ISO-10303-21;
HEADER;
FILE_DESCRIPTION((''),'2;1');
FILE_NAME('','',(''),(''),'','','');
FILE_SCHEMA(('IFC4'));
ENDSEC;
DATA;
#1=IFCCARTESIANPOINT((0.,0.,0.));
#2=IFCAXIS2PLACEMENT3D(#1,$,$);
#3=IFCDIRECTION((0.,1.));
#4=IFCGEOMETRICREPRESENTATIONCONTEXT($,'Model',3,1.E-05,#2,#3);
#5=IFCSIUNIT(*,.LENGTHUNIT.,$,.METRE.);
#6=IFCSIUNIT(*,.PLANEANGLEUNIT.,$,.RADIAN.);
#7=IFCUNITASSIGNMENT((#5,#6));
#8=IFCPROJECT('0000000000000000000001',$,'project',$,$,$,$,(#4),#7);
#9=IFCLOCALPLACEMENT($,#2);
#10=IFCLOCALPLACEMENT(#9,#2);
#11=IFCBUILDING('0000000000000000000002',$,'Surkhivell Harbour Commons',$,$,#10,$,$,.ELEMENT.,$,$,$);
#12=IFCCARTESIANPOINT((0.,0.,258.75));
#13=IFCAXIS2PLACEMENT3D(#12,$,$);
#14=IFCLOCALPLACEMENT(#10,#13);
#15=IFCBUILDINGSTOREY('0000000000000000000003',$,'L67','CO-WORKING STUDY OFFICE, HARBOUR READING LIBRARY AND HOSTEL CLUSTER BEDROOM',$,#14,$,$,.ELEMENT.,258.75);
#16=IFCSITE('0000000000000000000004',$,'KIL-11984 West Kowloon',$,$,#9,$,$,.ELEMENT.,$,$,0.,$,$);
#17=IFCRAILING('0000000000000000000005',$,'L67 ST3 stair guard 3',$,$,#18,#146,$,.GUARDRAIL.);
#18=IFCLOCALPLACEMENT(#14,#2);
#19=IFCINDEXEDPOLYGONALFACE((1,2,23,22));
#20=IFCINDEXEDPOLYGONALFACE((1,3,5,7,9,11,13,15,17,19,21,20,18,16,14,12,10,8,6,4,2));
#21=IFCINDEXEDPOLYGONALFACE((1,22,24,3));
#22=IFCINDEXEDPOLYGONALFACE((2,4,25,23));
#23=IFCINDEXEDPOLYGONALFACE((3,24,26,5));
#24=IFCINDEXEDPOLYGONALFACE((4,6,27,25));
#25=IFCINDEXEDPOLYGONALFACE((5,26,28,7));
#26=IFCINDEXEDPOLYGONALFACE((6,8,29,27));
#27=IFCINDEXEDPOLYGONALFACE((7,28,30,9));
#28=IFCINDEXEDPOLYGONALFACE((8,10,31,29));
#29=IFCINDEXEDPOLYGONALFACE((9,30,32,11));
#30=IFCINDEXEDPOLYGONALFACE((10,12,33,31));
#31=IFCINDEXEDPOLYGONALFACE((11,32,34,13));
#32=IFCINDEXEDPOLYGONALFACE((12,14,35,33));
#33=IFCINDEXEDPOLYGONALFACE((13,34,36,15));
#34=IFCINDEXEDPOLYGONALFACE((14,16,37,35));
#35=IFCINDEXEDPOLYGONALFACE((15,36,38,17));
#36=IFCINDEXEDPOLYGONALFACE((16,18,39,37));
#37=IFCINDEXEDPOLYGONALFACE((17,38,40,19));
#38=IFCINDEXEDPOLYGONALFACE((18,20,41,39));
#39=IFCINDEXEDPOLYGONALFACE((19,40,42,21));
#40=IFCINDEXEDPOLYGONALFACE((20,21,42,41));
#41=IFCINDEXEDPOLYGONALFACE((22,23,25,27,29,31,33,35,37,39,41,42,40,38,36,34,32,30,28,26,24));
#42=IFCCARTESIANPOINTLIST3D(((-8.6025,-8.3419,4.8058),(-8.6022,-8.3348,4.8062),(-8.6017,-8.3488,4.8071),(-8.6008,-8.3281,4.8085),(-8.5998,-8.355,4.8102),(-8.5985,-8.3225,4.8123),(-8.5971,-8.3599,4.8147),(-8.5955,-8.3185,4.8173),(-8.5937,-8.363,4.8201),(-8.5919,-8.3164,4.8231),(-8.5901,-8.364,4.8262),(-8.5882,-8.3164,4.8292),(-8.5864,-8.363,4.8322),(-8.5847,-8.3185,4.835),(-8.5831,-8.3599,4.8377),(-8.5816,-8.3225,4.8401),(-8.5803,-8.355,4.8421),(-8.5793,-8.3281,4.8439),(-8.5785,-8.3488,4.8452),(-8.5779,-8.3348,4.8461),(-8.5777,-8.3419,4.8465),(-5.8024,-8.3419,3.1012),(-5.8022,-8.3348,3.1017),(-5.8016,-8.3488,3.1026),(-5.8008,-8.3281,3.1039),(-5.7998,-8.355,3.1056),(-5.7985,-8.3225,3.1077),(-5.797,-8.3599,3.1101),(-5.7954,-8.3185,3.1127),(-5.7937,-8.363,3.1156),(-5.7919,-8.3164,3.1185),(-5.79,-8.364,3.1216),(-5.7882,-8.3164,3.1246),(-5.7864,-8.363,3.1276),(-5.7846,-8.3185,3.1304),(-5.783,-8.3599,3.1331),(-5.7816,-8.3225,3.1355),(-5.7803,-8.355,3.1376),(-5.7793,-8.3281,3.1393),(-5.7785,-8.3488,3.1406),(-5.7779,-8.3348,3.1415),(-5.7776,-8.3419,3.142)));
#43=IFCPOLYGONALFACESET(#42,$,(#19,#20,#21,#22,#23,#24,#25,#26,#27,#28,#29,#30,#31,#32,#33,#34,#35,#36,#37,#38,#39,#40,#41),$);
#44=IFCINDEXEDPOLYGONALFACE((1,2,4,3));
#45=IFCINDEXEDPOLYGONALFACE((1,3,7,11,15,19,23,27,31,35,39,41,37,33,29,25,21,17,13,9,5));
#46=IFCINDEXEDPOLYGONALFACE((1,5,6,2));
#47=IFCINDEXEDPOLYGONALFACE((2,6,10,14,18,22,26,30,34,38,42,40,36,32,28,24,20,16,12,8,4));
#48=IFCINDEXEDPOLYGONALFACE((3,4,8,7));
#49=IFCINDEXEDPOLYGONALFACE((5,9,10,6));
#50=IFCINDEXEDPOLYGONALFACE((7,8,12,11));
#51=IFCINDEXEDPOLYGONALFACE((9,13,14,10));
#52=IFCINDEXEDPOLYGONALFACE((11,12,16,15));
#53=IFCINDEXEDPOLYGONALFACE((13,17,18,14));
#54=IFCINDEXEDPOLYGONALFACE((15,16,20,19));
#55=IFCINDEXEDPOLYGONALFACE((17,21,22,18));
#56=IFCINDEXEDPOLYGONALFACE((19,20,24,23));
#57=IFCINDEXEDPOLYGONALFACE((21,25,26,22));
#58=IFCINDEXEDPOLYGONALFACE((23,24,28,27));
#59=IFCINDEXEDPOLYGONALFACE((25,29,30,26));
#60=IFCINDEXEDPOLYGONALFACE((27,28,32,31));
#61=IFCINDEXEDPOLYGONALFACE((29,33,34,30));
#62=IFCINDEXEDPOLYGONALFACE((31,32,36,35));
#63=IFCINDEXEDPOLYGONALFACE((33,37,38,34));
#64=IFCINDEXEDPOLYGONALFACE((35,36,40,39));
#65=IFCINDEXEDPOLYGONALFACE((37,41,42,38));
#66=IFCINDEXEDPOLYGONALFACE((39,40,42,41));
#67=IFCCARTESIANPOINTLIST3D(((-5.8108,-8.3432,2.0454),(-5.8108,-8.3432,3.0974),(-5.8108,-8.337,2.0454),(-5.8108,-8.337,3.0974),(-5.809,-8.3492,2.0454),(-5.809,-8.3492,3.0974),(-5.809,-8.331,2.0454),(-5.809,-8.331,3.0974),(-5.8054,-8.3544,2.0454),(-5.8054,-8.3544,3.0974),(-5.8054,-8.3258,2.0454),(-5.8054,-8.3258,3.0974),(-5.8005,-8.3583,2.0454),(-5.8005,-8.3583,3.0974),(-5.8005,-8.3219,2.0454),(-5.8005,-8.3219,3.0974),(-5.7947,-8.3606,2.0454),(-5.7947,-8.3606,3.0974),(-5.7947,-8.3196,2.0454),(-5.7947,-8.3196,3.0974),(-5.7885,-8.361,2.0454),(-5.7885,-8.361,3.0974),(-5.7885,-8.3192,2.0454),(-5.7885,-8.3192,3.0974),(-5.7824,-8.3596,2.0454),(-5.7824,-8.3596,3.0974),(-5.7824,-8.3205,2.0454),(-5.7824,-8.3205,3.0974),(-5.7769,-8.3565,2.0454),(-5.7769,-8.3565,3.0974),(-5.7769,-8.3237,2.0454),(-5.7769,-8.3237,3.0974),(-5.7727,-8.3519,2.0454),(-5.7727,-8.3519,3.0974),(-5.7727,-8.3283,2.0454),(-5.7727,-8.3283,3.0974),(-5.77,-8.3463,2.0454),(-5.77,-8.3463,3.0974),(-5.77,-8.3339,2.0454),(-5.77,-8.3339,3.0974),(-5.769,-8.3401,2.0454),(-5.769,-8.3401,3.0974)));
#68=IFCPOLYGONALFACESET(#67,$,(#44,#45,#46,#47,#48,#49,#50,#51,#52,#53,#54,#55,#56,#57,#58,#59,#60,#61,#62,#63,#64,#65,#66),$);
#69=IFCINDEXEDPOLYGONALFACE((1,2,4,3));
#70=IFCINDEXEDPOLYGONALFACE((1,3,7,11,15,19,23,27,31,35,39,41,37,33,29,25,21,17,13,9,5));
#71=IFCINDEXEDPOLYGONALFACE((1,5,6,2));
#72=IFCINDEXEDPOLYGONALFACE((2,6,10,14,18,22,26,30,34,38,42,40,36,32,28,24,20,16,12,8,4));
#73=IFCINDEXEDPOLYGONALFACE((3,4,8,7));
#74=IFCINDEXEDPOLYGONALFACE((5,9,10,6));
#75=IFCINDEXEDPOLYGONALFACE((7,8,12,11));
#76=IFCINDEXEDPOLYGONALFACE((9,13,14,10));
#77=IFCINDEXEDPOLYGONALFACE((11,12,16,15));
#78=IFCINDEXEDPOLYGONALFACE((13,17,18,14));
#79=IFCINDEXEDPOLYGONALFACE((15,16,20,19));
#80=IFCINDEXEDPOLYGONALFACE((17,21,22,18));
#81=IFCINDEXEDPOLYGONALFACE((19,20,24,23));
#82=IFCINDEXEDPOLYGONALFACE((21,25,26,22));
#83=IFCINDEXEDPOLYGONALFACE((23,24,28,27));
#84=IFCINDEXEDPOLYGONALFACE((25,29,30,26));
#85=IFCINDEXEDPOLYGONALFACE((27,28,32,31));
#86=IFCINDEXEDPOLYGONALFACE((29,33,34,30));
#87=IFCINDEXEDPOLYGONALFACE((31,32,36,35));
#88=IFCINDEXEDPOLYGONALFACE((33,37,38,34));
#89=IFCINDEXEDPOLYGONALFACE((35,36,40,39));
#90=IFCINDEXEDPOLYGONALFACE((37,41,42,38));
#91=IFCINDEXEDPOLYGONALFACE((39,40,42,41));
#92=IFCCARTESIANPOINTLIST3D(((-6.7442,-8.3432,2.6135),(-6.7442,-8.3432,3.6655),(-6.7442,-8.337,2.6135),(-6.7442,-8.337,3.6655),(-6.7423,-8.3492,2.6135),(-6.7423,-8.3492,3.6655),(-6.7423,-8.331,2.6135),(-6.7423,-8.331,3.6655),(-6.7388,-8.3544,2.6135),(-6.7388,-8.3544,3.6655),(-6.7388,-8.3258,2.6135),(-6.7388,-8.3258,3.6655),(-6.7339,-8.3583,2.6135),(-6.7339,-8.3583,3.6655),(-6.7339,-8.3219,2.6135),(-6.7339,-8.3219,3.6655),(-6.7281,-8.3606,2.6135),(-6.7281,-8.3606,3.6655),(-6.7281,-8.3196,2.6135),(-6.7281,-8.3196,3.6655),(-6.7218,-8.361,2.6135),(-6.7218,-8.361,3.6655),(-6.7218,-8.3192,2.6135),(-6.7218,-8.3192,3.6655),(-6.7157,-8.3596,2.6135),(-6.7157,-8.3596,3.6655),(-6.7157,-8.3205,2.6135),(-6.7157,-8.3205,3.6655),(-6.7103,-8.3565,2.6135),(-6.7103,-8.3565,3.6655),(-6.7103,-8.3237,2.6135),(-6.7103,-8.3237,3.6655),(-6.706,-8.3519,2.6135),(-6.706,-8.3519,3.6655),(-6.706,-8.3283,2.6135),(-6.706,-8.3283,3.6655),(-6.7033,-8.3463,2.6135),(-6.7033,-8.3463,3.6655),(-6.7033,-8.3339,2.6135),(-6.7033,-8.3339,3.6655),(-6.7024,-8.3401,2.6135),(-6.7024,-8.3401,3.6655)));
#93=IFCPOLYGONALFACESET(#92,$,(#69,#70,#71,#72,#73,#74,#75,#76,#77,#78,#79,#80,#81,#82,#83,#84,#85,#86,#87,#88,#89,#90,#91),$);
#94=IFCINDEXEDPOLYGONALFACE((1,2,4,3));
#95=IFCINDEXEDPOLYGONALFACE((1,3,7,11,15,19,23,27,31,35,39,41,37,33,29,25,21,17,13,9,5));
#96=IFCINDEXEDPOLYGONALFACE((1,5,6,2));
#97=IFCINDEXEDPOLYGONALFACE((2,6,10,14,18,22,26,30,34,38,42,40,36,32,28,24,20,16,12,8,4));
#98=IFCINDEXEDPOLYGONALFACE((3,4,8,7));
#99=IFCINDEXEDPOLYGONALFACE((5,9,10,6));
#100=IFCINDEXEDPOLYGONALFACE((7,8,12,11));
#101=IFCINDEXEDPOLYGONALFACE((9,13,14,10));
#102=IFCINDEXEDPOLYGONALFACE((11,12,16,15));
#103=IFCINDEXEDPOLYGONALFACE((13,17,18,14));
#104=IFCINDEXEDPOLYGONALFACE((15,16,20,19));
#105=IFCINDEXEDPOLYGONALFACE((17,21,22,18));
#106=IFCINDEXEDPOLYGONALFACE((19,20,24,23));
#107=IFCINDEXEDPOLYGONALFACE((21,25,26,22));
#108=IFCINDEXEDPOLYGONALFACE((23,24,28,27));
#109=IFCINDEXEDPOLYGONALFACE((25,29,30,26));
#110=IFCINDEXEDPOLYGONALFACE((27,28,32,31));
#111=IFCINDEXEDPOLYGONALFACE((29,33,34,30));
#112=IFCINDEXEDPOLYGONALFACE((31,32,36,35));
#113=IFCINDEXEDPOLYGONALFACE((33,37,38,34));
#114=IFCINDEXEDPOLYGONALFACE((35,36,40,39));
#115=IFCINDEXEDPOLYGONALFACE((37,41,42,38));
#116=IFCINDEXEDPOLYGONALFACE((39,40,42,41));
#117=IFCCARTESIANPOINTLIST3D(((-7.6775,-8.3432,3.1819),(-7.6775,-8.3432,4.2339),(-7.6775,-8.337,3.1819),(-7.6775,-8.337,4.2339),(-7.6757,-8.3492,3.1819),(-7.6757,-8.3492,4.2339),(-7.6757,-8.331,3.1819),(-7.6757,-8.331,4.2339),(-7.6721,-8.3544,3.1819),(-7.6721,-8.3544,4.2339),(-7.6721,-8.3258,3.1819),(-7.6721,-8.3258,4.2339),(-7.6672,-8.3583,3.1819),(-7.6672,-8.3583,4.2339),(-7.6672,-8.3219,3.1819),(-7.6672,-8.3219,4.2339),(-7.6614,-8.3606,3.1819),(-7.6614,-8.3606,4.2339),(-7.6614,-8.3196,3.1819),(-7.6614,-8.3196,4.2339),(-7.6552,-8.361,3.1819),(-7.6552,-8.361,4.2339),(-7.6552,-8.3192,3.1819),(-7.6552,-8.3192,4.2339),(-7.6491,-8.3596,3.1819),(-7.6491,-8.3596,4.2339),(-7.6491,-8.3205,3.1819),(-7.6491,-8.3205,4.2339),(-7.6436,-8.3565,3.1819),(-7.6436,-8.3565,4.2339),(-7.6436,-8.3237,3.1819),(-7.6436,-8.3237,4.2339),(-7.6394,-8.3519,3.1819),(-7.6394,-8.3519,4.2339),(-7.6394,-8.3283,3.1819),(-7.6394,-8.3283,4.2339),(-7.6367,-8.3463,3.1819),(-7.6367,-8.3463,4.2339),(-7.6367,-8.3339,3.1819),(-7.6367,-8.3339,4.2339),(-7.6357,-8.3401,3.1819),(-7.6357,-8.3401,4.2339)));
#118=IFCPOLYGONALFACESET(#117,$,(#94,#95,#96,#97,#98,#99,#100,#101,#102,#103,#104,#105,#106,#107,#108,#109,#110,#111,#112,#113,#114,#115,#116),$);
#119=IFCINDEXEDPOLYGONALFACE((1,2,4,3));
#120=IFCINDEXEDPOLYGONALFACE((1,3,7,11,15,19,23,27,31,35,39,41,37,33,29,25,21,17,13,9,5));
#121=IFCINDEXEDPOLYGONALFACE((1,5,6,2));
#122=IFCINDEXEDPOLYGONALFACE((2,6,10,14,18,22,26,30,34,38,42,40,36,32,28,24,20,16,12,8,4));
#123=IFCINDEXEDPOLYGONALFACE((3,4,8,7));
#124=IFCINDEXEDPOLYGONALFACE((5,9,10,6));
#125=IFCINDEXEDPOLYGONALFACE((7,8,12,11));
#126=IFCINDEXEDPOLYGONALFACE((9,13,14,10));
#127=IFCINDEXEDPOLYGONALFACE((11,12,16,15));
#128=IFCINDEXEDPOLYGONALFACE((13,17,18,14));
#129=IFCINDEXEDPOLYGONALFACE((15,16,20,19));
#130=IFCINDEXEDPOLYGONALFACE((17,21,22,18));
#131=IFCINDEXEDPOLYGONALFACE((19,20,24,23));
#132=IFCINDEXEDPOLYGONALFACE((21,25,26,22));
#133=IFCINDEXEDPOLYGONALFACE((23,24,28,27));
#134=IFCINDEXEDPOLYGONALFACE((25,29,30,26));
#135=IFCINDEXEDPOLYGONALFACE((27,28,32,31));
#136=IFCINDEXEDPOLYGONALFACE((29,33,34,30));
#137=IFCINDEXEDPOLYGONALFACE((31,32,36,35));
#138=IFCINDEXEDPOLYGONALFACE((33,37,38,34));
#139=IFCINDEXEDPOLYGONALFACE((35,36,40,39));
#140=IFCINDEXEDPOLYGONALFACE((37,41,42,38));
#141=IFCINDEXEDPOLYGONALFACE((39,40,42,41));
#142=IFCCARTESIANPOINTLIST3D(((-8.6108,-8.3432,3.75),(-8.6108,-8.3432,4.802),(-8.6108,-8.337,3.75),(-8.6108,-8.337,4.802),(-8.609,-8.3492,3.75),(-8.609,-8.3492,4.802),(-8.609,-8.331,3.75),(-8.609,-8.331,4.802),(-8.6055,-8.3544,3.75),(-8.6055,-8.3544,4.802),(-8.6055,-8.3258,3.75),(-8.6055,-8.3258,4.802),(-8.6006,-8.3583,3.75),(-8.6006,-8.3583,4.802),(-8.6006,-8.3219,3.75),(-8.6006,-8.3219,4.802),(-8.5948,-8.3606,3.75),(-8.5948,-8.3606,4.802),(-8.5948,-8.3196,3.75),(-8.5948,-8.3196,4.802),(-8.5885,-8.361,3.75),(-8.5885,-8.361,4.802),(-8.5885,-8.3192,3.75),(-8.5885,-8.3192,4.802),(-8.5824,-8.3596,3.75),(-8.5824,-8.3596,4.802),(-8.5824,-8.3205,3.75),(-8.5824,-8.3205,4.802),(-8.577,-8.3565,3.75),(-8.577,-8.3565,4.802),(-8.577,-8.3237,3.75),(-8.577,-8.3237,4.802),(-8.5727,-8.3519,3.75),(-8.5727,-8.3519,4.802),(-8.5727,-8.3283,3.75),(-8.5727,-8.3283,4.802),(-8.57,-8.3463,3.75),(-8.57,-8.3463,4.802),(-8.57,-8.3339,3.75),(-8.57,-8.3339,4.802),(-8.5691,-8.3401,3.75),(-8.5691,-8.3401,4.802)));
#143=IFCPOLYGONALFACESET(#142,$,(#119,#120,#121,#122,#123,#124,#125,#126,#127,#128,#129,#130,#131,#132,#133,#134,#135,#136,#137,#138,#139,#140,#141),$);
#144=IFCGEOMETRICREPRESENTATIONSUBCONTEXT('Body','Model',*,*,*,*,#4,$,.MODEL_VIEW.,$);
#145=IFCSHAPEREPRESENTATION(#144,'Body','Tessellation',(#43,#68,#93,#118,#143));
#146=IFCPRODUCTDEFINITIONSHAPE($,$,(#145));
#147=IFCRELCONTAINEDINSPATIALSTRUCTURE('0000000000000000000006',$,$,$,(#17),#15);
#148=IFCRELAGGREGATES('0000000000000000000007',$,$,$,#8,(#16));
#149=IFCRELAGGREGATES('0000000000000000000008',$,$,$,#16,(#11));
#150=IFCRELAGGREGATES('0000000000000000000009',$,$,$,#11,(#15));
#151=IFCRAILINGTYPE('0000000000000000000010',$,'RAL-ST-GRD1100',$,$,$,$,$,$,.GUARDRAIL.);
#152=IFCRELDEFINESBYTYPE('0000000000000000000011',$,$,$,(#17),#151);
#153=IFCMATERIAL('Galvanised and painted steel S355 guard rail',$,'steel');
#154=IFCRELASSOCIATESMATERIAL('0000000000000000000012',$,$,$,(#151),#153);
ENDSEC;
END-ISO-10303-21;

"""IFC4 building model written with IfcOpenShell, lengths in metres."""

from ifc_helpers import new_model, si_unit, direction, frame, origin, origin_2d, place, context, subcontext, project, spatial, circle, extrude, material, type_object, element, save


model = new_model("IFC4")

# Units and contexts
model_context = context("Model", 3, precision=1e-05, world=origin(), true_north=direction((0.0, 1.0)))
body_context = subcontext(model_context, "Body", "Model", "MODEL_VIEW")
ifc_project = project(units=[si_unit("LENGTHUNIT", "METRE"), si_unit("PLANEANGLEUNIT", "RADIAN")], contexts=[model_context])

# Site, building, storey
site_placement = place(None, origin())
site = spatial("IfcSite", under=ifc_project, at=site_placement, Name="KIL-11984 West Kowloon", CompositionType="ELEMENT", RefElevation=0.0)
building_placement = place(site_placement, origin())
building = spatial("IfcBuilding", under=site, at=building_placement, Name="Surkhivell Harbour Commons", CompositionType="ELEMENT")
storey_placement = place(building_placement, frame((0.0, 0.0, 258.75)))
storey = spatial("IfcBuildingStorey", under=building, at=storey_placement, Name="L67", Description="CO-WORKING STUDY OFFICE, HARBOUR READING LIBRARY AND HOSTEL CLUSTER BEDROOM", CompositionType="ELEMENT", Elevation=258.75)

# Railing
ifc_material_1 = material(Name="Galvanised and painted steel S355 guard rail", Category="steel")
railing_type_1 = type_object("IfcRailingType", Name="RAL-ST-GRD1100", PredefinedType="GUARDRAIL", material=ifc_material_1)
railing_1_placement = place(storey_placement, frame((-5.79, -8.3401, 2.0454)))
element("IfcRailing", 1, at=railing_1_placement, inside=storey, type_object=railing_type_1, Name="L67 ST3 stair guard 3", PredefinedType="GUARDRAIL", context=body_context, shape_type="SweptSolid", body=[
    extrude(circle(Radius=0.0239, at=origin_2d()), frame((0.0, 0.0, 1.0762), z_axis=(-0.85417, 0.0, 0.519994), x_axis=(0.0, -1.0, 0.0)), (0.0, 0.0, 1.0), 3.2781),
    extrude(circle(Radius=0.021, at=origin_2d()), origin(), (0.0, 0.0, 1.0), 1.052),
    extrude(circle(Radius=0.021, at=origin_2d()), frame((-0.9333, 0.0, 0.5681)), (0.0, 0.0, 1.0), 1.052),
    extrude(circle(Radius=0.021, at=origin_2d()), frame((-1.8667, 0.0, 1.1365)), (0.0, 0.0, 1.0), 1.052),
    extrude(circle(Radius=0.021, at=origin_2d()), frame((-2.8, 0.0, 1.7046)), (0.0, 0.0, 1.0), 1.052),
])

save(model, "model.ifc")
